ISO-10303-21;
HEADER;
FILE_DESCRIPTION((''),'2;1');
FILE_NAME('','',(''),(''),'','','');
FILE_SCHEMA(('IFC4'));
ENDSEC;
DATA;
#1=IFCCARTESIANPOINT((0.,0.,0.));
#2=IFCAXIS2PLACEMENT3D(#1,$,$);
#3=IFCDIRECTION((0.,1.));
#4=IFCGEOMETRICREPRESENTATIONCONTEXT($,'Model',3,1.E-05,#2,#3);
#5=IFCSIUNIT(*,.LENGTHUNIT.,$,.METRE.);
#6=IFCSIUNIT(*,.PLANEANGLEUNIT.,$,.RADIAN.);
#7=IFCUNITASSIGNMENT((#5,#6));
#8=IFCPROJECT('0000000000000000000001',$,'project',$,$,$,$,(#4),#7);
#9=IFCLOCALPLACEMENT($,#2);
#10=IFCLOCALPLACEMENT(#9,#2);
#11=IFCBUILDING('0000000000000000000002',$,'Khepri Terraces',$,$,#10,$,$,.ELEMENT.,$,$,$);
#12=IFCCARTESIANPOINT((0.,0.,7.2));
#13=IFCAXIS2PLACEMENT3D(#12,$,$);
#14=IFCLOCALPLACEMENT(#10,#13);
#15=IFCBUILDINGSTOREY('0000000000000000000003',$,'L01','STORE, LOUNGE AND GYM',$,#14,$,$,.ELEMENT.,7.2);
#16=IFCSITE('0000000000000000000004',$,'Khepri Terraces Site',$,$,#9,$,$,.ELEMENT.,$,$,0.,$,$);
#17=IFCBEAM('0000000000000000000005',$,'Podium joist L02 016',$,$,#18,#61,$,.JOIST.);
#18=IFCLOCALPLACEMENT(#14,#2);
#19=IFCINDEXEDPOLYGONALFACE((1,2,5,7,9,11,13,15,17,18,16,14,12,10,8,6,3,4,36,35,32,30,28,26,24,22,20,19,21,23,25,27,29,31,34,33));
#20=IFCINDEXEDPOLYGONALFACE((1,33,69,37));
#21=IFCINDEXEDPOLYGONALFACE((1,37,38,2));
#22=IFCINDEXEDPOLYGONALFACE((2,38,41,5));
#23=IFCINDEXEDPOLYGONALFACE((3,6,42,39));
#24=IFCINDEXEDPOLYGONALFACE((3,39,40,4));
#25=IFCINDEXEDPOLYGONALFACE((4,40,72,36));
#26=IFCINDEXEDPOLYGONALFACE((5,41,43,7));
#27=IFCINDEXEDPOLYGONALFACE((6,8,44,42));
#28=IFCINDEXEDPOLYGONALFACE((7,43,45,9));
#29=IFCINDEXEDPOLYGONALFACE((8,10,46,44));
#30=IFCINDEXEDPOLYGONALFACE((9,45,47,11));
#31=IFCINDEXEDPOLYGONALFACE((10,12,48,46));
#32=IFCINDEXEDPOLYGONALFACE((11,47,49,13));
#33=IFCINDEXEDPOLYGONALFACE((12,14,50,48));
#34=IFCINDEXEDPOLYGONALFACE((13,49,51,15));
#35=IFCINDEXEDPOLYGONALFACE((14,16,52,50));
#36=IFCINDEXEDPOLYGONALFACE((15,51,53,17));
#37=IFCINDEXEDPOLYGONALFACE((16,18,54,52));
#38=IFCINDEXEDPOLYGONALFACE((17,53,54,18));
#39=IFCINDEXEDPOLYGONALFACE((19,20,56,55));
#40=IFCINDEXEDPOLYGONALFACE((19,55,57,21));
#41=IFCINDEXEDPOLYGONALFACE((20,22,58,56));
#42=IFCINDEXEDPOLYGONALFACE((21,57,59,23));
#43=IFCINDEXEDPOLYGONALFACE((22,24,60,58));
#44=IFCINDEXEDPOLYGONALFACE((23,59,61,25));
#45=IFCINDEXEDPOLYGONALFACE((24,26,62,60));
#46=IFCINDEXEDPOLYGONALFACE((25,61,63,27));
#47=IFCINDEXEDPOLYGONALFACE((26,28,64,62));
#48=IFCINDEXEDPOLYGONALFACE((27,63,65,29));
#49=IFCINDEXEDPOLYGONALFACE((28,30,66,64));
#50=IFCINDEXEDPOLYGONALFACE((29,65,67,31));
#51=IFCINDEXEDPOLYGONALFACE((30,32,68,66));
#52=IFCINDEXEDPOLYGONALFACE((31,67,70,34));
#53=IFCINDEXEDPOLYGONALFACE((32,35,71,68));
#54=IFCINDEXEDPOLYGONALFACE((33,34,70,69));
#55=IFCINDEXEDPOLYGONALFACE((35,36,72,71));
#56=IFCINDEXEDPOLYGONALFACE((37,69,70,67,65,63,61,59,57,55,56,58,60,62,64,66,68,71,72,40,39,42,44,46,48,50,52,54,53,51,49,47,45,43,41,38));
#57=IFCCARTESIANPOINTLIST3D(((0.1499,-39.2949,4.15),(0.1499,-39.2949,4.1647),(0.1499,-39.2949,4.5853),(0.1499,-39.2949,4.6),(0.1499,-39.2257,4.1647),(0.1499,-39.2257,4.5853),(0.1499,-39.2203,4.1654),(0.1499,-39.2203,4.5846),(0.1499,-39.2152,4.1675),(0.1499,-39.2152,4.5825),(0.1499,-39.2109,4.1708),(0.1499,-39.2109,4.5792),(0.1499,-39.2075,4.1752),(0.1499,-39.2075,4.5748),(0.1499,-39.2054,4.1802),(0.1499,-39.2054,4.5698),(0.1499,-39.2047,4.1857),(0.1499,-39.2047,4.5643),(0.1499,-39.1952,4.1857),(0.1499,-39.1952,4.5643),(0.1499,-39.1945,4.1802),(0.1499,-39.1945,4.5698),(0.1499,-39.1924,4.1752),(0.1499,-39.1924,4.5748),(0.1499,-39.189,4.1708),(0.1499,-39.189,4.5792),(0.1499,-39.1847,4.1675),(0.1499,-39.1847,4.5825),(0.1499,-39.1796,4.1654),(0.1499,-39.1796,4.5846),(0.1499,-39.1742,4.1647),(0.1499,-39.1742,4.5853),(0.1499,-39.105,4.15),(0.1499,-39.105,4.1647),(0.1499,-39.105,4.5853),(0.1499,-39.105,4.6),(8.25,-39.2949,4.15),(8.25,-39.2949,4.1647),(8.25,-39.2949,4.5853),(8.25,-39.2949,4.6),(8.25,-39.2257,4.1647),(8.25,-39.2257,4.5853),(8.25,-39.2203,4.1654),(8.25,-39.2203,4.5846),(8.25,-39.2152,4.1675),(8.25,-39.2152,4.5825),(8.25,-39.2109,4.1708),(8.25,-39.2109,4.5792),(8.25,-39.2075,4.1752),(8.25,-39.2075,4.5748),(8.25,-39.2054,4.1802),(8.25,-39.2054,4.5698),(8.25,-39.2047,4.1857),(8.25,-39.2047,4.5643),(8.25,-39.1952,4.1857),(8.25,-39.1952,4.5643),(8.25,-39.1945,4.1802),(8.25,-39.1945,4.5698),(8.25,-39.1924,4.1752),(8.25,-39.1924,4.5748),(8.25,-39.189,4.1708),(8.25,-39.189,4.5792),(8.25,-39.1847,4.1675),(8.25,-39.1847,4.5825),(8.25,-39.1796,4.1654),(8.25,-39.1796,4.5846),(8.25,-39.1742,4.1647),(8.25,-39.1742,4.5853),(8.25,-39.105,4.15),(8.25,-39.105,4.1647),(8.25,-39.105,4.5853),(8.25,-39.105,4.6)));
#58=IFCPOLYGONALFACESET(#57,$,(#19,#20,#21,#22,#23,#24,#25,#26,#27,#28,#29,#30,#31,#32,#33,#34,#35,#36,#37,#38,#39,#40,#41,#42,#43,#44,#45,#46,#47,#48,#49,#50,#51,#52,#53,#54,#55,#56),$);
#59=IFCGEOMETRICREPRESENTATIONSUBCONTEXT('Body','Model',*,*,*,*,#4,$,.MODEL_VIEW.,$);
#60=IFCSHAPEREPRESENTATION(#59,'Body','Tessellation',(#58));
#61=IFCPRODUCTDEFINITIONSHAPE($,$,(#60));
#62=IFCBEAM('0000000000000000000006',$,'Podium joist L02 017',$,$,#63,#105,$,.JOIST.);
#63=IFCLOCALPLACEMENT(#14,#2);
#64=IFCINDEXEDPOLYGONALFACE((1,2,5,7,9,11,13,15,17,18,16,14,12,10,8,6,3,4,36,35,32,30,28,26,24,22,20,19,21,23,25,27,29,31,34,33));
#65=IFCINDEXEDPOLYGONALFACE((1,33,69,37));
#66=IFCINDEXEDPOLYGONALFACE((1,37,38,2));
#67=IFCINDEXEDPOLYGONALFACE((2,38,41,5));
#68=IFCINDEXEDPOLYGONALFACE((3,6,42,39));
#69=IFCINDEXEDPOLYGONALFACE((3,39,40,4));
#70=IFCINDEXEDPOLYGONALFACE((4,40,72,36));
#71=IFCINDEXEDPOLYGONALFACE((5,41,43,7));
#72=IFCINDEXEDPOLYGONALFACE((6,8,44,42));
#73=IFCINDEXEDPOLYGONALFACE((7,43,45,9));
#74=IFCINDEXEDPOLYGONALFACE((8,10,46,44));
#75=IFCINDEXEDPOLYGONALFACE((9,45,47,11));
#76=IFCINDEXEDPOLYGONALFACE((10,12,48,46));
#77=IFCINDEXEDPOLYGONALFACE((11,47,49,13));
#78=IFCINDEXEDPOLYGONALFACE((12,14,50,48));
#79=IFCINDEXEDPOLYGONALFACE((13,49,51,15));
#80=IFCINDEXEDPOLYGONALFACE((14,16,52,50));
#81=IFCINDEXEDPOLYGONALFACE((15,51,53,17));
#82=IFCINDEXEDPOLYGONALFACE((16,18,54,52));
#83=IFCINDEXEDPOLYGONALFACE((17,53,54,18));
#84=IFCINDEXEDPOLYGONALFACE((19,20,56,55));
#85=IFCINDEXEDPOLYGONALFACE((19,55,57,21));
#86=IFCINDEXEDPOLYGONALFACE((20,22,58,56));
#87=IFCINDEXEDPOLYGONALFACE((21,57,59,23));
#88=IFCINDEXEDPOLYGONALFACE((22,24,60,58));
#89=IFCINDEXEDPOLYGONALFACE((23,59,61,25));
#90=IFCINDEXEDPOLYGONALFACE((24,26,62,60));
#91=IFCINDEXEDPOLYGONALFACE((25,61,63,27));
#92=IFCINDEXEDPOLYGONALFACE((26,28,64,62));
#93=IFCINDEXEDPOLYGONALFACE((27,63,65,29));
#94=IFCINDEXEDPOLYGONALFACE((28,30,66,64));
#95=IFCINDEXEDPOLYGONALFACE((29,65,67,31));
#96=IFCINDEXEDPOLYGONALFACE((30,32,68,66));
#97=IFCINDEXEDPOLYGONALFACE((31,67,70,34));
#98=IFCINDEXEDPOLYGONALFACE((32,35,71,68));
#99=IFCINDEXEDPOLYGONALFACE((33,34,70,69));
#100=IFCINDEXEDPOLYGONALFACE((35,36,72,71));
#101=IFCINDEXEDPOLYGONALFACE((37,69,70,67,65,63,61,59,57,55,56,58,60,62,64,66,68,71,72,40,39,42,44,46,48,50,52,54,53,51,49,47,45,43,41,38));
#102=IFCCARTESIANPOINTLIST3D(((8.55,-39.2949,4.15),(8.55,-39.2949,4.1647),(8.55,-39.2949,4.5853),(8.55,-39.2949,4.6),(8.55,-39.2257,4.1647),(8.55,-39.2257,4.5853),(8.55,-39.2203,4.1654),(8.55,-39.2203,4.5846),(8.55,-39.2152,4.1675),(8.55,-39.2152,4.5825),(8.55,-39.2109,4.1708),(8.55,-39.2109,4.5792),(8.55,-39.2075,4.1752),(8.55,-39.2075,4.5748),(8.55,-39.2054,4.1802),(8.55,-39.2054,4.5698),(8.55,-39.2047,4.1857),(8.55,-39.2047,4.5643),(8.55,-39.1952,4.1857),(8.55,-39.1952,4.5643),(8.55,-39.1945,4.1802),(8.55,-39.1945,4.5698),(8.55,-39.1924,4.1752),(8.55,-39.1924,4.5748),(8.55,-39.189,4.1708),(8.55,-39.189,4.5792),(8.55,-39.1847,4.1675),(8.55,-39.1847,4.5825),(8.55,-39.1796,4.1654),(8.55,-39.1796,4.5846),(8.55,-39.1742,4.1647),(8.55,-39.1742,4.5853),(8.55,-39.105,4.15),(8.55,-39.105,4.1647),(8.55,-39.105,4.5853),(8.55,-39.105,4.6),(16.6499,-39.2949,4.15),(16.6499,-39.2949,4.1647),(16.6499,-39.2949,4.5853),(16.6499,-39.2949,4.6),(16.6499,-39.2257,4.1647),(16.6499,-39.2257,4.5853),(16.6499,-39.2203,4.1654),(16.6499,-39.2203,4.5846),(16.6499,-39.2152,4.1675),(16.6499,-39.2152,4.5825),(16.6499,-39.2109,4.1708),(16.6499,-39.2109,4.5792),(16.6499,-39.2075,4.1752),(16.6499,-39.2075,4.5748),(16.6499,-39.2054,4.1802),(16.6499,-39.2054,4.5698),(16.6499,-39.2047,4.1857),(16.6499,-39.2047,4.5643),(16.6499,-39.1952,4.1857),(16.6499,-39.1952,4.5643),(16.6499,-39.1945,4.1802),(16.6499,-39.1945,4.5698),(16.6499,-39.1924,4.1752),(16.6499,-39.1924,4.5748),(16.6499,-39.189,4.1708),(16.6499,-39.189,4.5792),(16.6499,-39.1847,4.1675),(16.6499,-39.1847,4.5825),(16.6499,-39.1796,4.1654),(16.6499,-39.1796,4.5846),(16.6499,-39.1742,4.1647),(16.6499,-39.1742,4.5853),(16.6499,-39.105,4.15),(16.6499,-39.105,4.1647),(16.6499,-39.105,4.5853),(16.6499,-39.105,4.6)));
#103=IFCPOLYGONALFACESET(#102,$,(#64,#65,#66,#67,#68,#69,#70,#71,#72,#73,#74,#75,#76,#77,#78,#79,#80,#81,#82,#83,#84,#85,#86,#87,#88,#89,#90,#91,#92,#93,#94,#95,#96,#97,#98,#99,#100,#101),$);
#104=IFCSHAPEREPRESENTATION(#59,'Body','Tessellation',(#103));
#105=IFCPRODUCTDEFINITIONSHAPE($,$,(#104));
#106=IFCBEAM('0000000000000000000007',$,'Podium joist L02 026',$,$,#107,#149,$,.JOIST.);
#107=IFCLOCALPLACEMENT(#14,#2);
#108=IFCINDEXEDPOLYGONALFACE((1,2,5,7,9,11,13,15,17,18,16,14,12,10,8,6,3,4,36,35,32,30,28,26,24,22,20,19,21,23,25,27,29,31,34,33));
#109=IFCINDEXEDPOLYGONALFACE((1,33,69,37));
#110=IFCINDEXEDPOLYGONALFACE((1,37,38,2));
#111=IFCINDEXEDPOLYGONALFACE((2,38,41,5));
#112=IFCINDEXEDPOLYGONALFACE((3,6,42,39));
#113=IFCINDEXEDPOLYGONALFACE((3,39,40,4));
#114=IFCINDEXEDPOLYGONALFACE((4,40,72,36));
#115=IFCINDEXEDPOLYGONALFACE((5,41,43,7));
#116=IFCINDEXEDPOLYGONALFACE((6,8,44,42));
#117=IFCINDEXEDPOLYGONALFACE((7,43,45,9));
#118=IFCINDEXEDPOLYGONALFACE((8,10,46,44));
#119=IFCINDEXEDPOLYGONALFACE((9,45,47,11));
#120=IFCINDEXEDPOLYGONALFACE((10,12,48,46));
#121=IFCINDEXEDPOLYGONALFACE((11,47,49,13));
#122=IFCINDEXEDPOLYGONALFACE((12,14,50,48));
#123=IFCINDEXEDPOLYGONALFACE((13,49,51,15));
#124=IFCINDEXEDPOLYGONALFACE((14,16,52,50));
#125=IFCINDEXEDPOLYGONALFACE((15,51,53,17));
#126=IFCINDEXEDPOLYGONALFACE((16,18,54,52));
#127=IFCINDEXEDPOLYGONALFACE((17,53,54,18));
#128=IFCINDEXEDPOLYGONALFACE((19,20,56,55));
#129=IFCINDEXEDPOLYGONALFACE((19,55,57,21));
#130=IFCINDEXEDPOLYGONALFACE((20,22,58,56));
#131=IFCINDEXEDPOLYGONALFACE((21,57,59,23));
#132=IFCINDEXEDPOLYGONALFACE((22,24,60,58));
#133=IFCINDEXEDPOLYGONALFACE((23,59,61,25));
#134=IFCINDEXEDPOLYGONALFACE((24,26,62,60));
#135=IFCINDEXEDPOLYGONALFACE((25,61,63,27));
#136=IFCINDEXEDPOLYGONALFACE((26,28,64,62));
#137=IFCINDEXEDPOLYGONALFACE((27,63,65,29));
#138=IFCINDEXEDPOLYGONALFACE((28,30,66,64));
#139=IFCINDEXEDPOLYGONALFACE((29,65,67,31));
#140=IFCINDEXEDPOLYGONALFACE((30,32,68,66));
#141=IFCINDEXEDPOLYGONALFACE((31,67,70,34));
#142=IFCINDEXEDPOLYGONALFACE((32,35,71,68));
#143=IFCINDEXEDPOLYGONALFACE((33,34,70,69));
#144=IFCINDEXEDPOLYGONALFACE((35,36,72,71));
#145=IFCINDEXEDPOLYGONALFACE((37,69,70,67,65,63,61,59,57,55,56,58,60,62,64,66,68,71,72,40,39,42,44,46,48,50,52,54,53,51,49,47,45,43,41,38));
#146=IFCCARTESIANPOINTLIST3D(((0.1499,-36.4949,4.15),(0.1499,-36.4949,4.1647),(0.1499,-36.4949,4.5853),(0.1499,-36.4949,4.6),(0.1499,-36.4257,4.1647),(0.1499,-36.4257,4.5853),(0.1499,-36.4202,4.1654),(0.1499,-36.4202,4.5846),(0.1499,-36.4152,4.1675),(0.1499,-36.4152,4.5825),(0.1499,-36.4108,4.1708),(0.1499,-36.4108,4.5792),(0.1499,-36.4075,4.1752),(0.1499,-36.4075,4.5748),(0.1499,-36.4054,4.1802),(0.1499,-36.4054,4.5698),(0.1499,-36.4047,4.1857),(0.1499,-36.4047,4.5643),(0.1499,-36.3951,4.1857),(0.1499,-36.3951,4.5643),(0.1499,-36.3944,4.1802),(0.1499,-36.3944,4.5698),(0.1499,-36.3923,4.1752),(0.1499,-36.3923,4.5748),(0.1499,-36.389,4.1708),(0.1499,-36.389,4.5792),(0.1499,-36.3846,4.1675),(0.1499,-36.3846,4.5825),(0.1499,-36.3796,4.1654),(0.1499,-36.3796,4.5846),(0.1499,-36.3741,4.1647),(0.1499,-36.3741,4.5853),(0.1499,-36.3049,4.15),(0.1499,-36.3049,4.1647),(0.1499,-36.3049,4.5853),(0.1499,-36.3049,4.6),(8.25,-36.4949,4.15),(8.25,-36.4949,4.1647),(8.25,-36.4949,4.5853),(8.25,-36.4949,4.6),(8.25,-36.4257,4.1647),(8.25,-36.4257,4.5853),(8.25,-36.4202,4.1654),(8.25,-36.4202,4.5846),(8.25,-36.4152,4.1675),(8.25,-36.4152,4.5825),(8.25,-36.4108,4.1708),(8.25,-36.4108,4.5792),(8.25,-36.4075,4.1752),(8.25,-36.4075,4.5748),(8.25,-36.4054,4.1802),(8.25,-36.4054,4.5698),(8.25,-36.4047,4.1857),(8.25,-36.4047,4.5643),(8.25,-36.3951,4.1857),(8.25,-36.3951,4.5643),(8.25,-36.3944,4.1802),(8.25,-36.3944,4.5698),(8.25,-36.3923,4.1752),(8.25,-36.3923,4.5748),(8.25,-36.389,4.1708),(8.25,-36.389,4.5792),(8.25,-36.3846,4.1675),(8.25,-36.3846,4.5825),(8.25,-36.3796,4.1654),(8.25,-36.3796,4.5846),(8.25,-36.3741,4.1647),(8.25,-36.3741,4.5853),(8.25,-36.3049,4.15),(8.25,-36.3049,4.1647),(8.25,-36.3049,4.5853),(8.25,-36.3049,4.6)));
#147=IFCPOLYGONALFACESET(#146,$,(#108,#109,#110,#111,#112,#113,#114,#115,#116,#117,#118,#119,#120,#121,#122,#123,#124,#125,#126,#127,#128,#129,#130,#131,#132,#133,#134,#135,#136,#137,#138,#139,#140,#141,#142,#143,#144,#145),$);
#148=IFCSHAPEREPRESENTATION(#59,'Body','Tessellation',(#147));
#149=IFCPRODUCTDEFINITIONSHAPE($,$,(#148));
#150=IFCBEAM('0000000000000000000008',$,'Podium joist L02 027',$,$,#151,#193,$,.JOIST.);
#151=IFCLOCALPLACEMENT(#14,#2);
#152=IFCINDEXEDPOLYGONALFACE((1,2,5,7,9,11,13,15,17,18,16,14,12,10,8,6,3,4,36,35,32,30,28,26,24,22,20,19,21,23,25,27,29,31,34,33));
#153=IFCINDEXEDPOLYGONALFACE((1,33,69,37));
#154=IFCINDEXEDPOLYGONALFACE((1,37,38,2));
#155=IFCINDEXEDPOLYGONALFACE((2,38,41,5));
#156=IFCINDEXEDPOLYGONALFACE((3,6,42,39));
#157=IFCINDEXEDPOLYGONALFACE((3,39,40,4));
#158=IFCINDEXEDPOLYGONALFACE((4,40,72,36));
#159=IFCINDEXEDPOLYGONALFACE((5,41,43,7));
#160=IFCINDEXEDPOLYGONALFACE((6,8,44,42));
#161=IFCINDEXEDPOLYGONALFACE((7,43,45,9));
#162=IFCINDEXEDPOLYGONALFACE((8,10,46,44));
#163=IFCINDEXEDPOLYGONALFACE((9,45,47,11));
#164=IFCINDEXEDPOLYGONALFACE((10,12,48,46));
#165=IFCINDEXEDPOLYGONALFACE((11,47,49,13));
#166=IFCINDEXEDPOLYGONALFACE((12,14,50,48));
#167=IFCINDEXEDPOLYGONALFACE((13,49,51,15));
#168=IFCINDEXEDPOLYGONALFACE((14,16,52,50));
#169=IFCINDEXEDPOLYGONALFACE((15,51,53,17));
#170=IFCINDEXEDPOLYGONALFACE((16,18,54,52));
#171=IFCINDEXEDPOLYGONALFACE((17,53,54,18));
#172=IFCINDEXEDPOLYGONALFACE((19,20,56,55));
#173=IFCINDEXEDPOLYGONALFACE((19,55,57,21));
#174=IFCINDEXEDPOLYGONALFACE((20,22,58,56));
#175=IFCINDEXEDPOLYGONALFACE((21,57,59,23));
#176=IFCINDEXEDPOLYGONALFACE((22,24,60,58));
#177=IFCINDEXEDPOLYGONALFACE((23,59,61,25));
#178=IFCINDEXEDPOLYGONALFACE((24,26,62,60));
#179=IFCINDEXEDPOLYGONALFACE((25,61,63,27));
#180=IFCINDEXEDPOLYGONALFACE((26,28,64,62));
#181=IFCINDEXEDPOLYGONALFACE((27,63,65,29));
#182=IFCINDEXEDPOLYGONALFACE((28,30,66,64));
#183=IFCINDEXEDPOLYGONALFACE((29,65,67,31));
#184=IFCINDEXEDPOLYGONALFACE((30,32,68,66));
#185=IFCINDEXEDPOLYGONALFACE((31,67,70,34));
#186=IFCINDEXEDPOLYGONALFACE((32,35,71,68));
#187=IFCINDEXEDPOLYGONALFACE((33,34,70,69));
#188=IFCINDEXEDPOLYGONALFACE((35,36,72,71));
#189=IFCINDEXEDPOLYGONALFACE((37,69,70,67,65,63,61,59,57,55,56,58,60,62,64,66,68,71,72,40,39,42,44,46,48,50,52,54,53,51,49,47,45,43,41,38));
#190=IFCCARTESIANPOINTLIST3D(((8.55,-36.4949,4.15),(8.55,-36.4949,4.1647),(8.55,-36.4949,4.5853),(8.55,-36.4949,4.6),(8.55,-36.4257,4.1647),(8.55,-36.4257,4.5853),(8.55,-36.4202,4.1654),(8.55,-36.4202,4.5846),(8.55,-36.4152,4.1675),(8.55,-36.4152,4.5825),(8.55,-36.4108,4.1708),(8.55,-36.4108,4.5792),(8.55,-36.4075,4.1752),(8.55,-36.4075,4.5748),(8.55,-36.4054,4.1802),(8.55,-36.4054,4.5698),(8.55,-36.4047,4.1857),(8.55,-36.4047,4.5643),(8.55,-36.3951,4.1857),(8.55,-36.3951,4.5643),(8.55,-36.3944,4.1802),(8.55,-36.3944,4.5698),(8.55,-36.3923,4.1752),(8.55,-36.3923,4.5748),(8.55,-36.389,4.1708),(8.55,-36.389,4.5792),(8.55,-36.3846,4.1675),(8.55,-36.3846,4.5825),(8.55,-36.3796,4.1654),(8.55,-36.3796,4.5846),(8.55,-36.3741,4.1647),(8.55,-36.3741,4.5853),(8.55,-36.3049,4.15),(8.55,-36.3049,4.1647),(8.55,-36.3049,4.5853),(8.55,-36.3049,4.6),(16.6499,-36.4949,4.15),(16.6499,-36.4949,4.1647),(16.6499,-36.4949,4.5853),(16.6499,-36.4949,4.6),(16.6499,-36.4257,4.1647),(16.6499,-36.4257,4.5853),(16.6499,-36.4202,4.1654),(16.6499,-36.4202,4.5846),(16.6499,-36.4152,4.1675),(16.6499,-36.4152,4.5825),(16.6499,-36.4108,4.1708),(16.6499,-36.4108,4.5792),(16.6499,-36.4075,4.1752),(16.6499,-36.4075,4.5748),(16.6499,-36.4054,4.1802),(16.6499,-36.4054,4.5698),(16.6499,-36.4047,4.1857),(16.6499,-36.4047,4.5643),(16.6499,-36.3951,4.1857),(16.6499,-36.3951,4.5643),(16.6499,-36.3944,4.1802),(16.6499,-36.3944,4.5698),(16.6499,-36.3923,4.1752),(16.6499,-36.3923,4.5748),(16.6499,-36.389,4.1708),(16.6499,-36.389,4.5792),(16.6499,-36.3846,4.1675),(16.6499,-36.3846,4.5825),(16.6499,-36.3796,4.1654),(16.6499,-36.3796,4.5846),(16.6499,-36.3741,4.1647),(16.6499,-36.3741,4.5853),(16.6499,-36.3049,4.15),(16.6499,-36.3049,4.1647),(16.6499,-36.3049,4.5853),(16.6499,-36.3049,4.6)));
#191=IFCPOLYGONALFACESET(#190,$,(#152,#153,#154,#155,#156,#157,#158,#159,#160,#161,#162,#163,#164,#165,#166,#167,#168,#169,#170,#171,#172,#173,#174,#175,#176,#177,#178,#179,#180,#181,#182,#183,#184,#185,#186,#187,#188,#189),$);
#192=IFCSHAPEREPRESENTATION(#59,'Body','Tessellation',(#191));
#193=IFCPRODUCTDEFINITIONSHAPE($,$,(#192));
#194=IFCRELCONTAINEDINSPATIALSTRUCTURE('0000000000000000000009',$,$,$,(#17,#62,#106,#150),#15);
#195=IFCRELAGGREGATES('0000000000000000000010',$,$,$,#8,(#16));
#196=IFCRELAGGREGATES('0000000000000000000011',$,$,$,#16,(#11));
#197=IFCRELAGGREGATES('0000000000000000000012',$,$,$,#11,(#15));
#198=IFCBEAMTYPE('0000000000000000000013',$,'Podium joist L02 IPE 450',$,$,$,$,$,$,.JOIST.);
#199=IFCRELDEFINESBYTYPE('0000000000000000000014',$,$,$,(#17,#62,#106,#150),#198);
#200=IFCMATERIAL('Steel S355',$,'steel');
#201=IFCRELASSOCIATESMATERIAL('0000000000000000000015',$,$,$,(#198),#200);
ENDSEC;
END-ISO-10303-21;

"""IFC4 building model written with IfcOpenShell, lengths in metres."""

from ifc_helpers import new_model, si_unit, direction, frame, origin, origin_2d, place, context, subcontext, project, spatial, i_section, extrude, material, material_profile, profile_set, type_object, element, save


model = new_model("IFC4")

# Units and contexts
model_context = context("Model", 3, precision=1e-05, world=origin(), true_north=direction((0.0, 1.0)))
body_context = subcontext(model_context, "Body", "Model", "MODEL_VIEW")
ifc_project = project(units=[si_unit("LENGTHUNIT", "METRE"), si_unit("PLANEANGLEUNIT", "RADIAN")], contexts=[model_context])

# Site, building, storey
site_placement = place(None, origin())
site = spatial("IfcSite", under=ifc_project, at=site_placement, Name="Khepri Terraces Site", CompositionType="ELEMENT", RefElevation=0.0)
building_placement = place(site_placement, origin())
building = spatial("IfcBuilding", under=site, at=building_placement, Name="Khepri Terraces", CompositionType="ELEMENT")
storey_placement = place(building_placement, frame((0.0, 0.0, 7.2)))
storey = spatial("IfcBuildingStorey", under=building, at=storey_placement, Name="L01", Description="STORE, LOUNGE AND GYM", CompositionType="ELEMENT", Elevation=7.2)

# Beams
ifc_material_1 = material(Name="Steel S355", Category="steel")
ifc_material_profile_1 = material_profile(ifc_material_1, i_section(OverallWidth=0.1899, OverallDepth=0.45, WebThickness=0.0095, FlangeThickness=0.0146, FilletRadius=0.021, at=origin_2d()), Name="Steel S355", Category="steel")
ifc_profile_set_1 = profile_set([ifc_material_profile_1], Name="Steel S355")
beam_type_1 = type_object("IfcBeamType", Name="Podium joist L02 IPE 450", PredefinedType="JOIST", material=ifc_profile_set_1)
beam_1_placement = place(storey_placement, frame((0.1499, -39.2, 4.375), z_axis=(1.0, 0.0, 0.0), x_axis=(0.0, 1.0, 0.0)))
element("IfcBeam", 1, at=beam_1_placement, inside=storey, type_object=beam_type_1, Name="Podium joist L02 016", PredefinedType="JOIST", context=body_context, shape_type="SweptSolid", body=[
    extrude(i_section(OverallWidth=0.1899, OverallDepth=0.45, WebThickness=0.0095, FlangeThickness=0.0146, FilletRadius=0.021, at=origin_2d()), origin(), (0.0, 0.0, 1.0), 8.1001),
])
beam_2_placement = place(storey_placement, frame((8.55, -39.2, 4.375), z_axis=(1.0, 0.0, 0.0), x_axis=(0.0, 1.0, 0.0)))
element("IfcBeam", 2, at=beam_2_placement, inside=storey, type_object=beam_type_1, Name="Podium joist L02 017", PredefinedType="JOIST", context=body_context, shape_type="SweptSolid", body=[
    extrude(i_section(OverallWidth=0.1899, OverallDepth=0.45, WebThickness=0.0095, FlangeThickness=0.0146, FilletRadius=0.021, at=origin_2d()), origin(), (0.0, 0.0, 1.0), 8.0999),
])
beam_3_placement = place(storey_placement, frame((0.1499, -36.3999, 4.375), z_axis=(1.0, 0.0, 0.0), x_axis=(0.0, 1.0, 0.0)))
element("IfcBeam", 3, at=beam_3_placement, inside=storey, type_object=beam_type_1, Name="Podium joist L02 026", PredefinedType="JOIST", context=body_context, shape_type="SweptSolid", body=[
    extrude(i_section(OverallWidth=0.1899, OverallDepth=0.45, WebThickness=0.0095, FlangeThickness=0.0146, FilletRadius=0.021, at=origin_2d()), origin(), (0.0, 0.0, 1.0), 8.1001),
])
beam_4_placement = place(storey_placement, frame((8.55, -36.3999, 4.375), z_axis=(1.0, 0.0, 0.0), x_axis=(0.0, 1.0, 0.0)))
element("IfcBeam", 4, at=beam_4_placement, inside=storey, type_object=beam_type_1, Name="Podium joist L02 027", PredefinedType="JOIST", context=body_context, shape_type="SweptSolid", body=[
    extrude(i_section(OverallWidth=0.1899, OverallDepth=0.45, WebThickness=0.0095, FlangeThickness=0.0146, FilletRadius=0.021, at=origin_2d()), origin(), (0.0, 0.0, 1.0), 8.0999),
])

save(model, "model.ifc")
